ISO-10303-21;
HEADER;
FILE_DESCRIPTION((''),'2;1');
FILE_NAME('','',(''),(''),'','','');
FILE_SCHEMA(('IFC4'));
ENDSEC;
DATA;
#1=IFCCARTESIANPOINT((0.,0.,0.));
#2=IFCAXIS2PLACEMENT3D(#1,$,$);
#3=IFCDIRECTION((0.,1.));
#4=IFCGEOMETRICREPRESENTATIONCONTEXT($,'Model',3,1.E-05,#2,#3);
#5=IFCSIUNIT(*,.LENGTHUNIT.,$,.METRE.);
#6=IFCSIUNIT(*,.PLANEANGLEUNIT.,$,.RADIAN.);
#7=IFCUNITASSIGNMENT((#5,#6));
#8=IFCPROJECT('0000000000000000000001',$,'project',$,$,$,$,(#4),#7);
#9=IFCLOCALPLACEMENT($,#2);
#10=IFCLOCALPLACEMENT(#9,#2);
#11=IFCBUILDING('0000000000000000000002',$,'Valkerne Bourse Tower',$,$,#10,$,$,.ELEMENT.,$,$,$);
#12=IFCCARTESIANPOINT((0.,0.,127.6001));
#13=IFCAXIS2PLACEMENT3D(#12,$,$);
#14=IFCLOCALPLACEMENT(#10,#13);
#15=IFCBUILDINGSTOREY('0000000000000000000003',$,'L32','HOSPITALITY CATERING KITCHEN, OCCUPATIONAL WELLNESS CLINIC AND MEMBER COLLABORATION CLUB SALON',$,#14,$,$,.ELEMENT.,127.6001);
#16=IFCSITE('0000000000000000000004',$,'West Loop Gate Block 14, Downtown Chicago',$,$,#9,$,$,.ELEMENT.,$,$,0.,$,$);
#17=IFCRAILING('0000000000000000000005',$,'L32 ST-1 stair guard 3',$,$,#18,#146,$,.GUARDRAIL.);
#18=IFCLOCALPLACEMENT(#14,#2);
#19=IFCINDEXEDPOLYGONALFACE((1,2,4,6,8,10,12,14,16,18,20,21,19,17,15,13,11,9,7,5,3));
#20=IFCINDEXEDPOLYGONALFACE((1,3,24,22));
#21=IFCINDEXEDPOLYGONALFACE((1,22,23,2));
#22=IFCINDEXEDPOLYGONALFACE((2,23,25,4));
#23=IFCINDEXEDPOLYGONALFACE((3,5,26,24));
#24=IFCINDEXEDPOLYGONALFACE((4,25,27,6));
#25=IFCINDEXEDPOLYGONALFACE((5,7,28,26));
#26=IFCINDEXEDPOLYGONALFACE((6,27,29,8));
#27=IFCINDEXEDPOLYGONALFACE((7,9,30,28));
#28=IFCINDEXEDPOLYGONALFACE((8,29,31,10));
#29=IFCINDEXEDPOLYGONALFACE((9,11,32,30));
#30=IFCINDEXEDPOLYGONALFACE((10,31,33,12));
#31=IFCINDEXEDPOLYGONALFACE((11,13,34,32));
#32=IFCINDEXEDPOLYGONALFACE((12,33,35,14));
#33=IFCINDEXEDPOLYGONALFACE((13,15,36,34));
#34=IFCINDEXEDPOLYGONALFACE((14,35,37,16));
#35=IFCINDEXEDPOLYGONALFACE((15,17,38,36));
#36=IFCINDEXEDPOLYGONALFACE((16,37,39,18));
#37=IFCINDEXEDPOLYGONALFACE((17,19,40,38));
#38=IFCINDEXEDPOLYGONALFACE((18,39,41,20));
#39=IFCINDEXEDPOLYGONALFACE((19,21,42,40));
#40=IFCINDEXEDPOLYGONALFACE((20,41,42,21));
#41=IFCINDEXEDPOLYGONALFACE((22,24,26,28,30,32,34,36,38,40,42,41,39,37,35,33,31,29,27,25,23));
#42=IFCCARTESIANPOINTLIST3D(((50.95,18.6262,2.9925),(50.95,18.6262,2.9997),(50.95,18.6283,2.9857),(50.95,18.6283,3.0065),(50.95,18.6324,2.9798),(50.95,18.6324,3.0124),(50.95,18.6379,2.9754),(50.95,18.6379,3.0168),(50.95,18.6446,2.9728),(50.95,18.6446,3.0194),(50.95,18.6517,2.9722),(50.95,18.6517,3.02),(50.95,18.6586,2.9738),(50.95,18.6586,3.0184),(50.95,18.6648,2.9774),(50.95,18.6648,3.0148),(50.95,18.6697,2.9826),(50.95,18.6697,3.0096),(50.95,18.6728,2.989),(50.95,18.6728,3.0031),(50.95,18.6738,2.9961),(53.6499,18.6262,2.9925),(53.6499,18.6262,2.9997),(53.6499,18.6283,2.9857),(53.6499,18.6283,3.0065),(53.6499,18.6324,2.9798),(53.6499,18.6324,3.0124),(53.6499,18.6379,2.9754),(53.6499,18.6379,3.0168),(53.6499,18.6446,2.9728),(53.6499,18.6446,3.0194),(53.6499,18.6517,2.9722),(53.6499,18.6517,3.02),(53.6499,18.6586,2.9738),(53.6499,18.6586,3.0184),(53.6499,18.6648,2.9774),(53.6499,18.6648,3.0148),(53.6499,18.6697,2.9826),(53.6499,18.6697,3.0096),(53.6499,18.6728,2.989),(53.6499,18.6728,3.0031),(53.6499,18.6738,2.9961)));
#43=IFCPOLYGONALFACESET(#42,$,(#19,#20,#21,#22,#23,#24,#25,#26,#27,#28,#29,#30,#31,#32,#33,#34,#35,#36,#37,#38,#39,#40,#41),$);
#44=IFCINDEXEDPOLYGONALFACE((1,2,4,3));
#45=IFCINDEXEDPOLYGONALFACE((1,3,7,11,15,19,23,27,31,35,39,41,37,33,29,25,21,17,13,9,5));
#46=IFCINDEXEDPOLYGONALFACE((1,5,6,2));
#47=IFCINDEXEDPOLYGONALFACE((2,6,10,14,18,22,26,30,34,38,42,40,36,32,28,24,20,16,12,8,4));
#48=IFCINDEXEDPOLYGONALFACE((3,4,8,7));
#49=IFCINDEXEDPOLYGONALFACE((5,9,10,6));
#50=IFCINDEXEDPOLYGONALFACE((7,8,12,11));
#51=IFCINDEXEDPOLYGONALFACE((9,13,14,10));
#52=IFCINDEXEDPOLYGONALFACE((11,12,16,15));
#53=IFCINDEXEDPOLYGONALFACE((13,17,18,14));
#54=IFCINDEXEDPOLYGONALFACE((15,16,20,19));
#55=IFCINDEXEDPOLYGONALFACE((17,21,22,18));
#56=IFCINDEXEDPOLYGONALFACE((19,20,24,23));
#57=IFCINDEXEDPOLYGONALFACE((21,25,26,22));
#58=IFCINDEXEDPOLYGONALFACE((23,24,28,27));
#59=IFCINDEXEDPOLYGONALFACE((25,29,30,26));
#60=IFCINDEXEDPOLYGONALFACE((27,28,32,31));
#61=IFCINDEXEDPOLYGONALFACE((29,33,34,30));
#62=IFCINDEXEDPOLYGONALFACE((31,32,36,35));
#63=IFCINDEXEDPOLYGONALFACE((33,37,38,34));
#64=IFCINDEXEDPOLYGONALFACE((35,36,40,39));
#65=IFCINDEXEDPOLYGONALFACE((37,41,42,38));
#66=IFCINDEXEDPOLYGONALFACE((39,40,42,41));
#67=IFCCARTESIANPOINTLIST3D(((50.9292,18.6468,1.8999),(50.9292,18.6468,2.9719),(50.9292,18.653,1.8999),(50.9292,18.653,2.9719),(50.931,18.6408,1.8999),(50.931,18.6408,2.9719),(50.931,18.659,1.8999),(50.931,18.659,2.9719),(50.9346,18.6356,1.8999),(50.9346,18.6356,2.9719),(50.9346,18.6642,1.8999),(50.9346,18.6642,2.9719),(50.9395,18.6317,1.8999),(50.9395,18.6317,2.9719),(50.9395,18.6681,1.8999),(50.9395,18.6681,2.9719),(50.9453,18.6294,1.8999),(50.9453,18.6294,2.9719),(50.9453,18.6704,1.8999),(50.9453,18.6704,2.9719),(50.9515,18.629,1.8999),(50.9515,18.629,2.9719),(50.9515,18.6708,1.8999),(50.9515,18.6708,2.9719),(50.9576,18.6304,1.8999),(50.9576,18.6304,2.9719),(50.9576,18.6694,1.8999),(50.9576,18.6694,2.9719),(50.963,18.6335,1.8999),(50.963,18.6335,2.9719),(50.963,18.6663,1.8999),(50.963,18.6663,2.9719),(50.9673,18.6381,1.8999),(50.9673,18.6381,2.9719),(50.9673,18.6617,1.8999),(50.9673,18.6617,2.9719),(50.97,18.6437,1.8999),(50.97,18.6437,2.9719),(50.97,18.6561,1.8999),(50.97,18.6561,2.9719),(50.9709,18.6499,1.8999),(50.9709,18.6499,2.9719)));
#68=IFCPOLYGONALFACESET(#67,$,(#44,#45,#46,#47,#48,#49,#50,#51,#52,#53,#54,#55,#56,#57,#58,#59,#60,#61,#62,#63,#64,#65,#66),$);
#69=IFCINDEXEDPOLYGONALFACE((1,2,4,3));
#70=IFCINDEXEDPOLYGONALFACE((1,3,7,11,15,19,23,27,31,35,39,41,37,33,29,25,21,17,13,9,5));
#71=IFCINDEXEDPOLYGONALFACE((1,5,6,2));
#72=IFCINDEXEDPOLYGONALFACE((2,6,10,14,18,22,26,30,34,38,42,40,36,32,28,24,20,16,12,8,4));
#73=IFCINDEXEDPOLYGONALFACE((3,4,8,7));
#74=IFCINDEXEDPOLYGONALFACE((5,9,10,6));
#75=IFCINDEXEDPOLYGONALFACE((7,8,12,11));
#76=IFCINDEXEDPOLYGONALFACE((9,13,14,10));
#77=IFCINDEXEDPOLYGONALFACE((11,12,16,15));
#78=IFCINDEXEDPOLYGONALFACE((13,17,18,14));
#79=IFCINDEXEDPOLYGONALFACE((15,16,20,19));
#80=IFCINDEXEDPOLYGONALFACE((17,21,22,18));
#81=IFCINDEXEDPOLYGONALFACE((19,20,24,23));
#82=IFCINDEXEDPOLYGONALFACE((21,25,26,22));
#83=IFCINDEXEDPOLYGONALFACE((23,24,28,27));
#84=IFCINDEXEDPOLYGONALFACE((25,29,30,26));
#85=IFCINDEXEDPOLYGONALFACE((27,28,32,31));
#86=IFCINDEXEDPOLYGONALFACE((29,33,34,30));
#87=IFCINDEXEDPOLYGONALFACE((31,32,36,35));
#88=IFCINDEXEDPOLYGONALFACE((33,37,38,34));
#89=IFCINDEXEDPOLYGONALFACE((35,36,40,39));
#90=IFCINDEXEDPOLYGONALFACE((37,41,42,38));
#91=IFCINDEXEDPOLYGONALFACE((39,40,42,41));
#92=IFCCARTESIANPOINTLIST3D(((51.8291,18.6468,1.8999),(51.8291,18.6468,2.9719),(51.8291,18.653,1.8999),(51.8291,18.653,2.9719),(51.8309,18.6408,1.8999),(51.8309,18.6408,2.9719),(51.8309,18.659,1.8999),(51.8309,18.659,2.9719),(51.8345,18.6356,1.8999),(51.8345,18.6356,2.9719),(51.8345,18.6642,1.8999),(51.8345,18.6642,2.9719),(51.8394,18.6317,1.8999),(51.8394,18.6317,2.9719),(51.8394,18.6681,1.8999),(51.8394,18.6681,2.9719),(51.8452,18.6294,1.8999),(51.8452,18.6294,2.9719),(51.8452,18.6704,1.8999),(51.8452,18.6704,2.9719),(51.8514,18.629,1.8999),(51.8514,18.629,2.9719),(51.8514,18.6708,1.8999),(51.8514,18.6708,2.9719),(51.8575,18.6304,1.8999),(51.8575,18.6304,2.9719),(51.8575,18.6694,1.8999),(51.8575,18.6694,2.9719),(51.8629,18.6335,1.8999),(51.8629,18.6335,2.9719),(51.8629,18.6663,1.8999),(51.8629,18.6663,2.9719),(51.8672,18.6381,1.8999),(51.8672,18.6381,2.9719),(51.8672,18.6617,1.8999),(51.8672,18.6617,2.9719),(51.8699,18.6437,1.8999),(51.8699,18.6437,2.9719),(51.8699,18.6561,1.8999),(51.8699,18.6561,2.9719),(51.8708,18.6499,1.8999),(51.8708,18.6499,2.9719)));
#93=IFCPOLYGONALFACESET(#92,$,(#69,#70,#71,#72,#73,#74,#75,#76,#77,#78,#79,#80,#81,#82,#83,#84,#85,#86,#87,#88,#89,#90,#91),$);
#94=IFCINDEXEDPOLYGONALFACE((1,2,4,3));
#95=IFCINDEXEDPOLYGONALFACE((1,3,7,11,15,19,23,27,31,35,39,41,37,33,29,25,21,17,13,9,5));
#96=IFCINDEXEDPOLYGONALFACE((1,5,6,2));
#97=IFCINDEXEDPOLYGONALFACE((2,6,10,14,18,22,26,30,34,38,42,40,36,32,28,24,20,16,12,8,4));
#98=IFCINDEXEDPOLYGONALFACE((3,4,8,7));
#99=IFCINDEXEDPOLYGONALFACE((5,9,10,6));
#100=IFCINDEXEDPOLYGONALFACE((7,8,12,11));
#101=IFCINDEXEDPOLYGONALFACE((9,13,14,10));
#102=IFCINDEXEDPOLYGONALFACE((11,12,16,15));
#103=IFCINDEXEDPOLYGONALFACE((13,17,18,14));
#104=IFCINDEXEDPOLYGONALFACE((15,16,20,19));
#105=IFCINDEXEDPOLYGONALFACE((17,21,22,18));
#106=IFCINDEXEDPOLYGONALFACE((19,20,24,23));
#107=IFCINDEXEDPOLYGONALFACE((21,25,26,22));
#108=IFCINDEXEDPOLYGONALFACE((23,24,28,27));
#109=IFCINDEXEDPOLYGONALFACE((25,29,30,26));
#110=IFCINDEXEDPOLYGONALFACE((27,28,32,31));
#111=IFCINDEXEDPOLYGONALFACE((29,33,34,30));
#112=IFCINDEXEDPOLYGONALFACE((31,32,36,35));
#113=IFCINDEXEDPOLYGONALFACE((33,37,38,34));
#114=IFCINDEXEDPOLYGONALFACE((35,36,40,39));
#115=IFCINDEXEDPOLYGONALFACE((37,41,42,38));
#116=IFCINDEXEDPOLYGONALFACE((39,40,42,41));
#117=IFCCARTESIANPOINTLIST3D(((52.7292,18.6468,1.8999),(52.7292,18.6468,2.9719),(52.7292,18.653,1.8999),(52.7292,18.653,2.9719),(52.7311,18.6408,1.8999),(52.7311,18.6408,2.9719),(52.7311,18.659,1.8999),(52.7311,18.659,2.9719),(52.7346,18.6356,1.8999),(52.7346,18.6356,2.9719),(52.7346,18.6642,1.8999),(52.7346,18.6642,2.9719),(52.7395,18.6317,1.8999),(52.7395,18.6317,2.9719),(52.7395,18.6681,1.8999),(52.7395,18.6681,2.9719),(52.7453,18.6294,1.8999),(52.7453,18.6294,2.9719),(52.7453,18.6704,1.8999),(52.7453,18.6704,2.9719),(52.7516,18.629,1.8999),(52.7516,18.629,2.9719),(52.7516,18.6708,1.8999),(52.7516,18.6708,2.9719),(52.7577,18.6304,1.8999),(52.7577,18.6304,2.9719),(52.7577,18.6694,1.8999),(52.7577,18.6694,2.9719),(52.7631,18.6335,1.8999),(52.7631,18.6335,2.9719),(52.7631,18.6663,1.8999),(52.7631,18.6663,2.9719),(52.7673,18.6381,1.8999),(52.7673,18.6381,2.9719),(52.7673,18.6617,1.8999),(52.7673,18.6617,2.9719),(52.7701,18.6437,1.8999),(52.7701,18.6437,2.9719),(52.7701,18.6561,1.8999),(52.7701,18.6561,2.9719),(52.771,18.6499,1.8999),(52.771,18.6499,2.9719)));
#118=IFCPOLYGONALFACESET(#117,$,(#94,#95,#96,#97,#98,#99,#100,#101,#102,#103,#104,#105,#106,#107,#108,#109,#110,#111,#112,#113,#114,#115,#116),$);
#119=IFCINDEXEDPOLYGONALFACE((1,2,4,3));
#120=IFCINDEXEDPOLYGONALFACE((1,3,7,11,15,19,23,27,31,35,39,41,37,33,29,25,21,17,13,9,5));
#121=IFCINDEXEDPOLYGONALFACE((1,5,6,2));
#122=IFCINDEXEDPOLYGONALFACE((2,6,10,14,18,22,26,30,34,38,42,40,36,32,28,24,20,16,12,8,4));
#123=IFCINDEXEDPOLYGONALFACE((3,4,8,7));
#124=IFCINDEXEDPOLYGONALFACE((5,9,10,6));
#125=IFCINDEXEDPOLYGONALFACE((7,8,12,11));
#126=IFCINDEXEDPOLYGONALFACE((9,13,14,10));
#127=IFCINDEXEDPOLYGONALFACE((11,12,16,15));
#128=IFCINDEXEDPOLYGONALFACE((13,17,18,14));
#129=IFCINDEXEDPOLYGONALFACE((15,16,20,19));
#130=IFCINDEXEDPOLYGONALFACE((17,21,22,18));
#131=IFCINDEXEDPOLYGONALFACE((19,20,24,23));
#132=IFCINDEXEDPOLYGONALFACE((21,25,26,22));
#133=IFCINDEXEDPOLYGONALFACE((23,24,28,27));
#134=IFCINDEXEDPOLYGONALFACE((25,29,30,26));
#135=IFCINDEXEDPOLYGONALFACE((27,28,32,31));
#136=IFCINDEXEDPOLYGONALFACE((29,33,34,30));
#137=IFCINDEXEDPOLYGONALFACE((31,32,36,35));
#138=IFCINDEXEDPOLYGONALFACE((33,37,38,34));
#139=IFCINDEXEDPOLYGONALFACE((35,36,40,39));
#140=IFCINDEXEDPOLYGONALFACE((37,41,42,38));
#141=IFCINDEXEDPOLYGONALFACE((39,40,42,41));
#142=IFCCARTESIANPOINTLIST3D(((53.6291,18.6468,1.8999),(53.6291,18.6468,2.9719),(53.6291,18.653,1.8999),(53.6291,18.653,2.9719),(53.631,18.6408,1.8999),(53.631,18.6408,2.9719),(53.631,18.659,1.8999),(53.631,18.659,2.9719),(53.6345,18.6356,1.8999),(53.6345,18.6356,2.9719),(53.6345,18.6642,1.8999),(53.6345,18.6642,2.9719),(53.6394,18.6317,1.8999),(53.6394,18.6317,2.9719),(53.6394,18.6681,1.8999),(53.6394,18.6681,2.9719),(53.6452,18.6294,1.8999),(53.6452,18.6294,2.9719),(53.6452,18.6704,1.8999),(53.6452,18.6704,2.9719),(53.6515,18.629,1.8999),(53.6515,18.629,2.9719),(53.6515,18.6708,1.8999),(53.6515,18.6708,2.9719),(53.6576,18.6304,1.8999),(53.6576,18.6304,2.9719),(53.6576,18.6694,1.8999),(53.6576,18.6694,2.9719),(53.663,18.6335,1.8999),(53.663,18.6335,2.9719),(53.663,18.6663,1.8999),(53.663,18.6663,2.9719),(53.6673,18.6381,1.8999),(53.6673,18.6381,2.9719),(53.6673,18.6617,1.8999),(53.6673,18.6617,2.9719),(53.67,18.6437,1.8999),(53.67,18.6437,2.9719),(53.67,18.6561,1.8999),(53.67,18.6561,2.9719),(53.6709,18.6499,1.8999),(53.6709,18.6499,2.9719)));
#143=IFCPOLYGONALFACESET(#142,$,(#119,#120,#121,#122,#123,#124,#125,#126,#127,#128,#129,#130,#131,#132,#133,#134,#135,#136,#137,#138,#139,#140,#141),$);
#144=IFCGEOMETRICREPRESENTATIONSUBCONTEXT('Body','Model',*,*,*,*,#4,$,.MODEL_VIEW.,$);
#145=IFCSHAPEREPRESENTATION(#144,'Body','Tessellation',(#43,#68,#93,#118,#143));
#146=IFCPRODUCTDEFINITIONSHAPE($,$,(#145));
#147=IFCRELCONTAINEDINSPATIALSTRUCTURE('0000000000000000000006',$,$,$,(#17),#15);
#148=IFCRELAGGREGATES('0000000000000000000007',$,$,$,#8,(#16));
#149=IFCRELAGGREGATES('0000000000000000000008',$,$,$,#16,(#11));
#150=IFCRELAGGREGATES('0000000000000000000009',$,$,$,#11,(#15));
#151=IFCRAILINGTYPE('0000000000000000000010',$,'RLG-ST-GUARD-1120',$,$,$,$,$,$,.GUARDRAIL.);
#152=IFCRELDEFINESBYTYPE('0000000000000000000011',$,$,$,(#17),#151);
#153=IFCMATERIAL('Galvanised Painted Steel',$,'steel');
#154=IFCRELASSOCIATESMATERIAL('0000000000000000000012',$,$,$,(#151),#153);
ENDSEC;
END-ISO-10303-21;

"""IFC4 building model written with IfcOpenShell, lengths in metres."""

from ifc_helpers import new_model, si_unit, direction, frame, origin, origin_2d, place, context, subcontext, project, spatial, circle, extrude, material, type_object, element, save


model = new_model("IFC4")

# Units and contexts
model_context = context("Model", 3, precision=1e-05, world=origin(), true_north=direction((0.0, 1.0)))
body_context = subcontext(model_context, "Body", "Model", "MODEL_VIEW")
ifc_project = project(units=[si_unit("LENGTHUNIT", "METRE"), si_unit("PLANEANGLEUNIT", "RADIAN")], contexts=[model_context])

# Site, building, storey
site_placement = place(None, origin())
site = spatial("IfcSite", under=ifc_project, at=site_placement, Name="West Loop Gate Block 14, Downtown Chicago", CompositionType="ELEMENT", RefElevation=0.0)
building_placement = place(site_placement, origin())
building = spatial("IfcBuilding", under=site, at=building_placement, Name="Valkerne Bourse Tower", CompositionType="ELEMENT")
storey_placement = place(building_placement, frame((0.0, 0.0, 127.6001)))
storey = spatial("IfcBuildingStorey", under=building, at=storey_placement, Name="L32", Description="HOSPITALITY CATERING KITCHEN, OCCUPATIONAL WELLNESS CLINIC AND MEMBER COLLABORATION CLUB SALON", CompositionType="ELEMENT", Elevation=127.6001)

# Shared definitions
ifc_material_1 = material(Name="Galvanised Painted Steel", Category="steel")

# Railing
railing_type_1 = type_object("IfcRailingType", Name="RLG-ST-GUARD-1120", PredefinedType="GUARDRAIL", material=ifc_material_1)
for number, where, name in (
    (1, (50.95, 18.6499, 1.8999), "L32 ST-1 stair guard 3"),
):
    element("IfcRailing", number, at=place(storey_placement, frame(where)), inside=storey, type_object=railing_type_1, Name=name, PredefinedType="GUARDRAIL", context=body_context, shape_type="SweptSolid", body=[
        extrude(circle(Radius=0.0239, at=origin_2d()), frame((0.0, 0.0, 1.0962), z_axis=(1.0, 0.0, 0.0), x_axis=(0.0, 1.0, 0.0)), (0.0, 0.0, 1.0), 2.7),
        extrude(circle(Radius=0.021, at=origin_2d()), origin(), (0.0, 0.0, 1.0), 1.072),
        extrude(circle(Radius=0.021, at=origin_2d()), frame((0.8999, 0.0, 0.0)), (0.0, 0.0, 1.0), 1.072),
        extrude(circle(Radius=0.021, at=origin_2d()), frame((1.8, 0.0, 0.0)), (0.0, 0.0, 1.0), 1.072),
        extrude(circle(Radius=0.021, at=origin_2d()), frame((2.7, 0.0, 0.0)), (0.0, 0.0, 1.0), 1.072),
    ])

save(model, "model.ifc")
